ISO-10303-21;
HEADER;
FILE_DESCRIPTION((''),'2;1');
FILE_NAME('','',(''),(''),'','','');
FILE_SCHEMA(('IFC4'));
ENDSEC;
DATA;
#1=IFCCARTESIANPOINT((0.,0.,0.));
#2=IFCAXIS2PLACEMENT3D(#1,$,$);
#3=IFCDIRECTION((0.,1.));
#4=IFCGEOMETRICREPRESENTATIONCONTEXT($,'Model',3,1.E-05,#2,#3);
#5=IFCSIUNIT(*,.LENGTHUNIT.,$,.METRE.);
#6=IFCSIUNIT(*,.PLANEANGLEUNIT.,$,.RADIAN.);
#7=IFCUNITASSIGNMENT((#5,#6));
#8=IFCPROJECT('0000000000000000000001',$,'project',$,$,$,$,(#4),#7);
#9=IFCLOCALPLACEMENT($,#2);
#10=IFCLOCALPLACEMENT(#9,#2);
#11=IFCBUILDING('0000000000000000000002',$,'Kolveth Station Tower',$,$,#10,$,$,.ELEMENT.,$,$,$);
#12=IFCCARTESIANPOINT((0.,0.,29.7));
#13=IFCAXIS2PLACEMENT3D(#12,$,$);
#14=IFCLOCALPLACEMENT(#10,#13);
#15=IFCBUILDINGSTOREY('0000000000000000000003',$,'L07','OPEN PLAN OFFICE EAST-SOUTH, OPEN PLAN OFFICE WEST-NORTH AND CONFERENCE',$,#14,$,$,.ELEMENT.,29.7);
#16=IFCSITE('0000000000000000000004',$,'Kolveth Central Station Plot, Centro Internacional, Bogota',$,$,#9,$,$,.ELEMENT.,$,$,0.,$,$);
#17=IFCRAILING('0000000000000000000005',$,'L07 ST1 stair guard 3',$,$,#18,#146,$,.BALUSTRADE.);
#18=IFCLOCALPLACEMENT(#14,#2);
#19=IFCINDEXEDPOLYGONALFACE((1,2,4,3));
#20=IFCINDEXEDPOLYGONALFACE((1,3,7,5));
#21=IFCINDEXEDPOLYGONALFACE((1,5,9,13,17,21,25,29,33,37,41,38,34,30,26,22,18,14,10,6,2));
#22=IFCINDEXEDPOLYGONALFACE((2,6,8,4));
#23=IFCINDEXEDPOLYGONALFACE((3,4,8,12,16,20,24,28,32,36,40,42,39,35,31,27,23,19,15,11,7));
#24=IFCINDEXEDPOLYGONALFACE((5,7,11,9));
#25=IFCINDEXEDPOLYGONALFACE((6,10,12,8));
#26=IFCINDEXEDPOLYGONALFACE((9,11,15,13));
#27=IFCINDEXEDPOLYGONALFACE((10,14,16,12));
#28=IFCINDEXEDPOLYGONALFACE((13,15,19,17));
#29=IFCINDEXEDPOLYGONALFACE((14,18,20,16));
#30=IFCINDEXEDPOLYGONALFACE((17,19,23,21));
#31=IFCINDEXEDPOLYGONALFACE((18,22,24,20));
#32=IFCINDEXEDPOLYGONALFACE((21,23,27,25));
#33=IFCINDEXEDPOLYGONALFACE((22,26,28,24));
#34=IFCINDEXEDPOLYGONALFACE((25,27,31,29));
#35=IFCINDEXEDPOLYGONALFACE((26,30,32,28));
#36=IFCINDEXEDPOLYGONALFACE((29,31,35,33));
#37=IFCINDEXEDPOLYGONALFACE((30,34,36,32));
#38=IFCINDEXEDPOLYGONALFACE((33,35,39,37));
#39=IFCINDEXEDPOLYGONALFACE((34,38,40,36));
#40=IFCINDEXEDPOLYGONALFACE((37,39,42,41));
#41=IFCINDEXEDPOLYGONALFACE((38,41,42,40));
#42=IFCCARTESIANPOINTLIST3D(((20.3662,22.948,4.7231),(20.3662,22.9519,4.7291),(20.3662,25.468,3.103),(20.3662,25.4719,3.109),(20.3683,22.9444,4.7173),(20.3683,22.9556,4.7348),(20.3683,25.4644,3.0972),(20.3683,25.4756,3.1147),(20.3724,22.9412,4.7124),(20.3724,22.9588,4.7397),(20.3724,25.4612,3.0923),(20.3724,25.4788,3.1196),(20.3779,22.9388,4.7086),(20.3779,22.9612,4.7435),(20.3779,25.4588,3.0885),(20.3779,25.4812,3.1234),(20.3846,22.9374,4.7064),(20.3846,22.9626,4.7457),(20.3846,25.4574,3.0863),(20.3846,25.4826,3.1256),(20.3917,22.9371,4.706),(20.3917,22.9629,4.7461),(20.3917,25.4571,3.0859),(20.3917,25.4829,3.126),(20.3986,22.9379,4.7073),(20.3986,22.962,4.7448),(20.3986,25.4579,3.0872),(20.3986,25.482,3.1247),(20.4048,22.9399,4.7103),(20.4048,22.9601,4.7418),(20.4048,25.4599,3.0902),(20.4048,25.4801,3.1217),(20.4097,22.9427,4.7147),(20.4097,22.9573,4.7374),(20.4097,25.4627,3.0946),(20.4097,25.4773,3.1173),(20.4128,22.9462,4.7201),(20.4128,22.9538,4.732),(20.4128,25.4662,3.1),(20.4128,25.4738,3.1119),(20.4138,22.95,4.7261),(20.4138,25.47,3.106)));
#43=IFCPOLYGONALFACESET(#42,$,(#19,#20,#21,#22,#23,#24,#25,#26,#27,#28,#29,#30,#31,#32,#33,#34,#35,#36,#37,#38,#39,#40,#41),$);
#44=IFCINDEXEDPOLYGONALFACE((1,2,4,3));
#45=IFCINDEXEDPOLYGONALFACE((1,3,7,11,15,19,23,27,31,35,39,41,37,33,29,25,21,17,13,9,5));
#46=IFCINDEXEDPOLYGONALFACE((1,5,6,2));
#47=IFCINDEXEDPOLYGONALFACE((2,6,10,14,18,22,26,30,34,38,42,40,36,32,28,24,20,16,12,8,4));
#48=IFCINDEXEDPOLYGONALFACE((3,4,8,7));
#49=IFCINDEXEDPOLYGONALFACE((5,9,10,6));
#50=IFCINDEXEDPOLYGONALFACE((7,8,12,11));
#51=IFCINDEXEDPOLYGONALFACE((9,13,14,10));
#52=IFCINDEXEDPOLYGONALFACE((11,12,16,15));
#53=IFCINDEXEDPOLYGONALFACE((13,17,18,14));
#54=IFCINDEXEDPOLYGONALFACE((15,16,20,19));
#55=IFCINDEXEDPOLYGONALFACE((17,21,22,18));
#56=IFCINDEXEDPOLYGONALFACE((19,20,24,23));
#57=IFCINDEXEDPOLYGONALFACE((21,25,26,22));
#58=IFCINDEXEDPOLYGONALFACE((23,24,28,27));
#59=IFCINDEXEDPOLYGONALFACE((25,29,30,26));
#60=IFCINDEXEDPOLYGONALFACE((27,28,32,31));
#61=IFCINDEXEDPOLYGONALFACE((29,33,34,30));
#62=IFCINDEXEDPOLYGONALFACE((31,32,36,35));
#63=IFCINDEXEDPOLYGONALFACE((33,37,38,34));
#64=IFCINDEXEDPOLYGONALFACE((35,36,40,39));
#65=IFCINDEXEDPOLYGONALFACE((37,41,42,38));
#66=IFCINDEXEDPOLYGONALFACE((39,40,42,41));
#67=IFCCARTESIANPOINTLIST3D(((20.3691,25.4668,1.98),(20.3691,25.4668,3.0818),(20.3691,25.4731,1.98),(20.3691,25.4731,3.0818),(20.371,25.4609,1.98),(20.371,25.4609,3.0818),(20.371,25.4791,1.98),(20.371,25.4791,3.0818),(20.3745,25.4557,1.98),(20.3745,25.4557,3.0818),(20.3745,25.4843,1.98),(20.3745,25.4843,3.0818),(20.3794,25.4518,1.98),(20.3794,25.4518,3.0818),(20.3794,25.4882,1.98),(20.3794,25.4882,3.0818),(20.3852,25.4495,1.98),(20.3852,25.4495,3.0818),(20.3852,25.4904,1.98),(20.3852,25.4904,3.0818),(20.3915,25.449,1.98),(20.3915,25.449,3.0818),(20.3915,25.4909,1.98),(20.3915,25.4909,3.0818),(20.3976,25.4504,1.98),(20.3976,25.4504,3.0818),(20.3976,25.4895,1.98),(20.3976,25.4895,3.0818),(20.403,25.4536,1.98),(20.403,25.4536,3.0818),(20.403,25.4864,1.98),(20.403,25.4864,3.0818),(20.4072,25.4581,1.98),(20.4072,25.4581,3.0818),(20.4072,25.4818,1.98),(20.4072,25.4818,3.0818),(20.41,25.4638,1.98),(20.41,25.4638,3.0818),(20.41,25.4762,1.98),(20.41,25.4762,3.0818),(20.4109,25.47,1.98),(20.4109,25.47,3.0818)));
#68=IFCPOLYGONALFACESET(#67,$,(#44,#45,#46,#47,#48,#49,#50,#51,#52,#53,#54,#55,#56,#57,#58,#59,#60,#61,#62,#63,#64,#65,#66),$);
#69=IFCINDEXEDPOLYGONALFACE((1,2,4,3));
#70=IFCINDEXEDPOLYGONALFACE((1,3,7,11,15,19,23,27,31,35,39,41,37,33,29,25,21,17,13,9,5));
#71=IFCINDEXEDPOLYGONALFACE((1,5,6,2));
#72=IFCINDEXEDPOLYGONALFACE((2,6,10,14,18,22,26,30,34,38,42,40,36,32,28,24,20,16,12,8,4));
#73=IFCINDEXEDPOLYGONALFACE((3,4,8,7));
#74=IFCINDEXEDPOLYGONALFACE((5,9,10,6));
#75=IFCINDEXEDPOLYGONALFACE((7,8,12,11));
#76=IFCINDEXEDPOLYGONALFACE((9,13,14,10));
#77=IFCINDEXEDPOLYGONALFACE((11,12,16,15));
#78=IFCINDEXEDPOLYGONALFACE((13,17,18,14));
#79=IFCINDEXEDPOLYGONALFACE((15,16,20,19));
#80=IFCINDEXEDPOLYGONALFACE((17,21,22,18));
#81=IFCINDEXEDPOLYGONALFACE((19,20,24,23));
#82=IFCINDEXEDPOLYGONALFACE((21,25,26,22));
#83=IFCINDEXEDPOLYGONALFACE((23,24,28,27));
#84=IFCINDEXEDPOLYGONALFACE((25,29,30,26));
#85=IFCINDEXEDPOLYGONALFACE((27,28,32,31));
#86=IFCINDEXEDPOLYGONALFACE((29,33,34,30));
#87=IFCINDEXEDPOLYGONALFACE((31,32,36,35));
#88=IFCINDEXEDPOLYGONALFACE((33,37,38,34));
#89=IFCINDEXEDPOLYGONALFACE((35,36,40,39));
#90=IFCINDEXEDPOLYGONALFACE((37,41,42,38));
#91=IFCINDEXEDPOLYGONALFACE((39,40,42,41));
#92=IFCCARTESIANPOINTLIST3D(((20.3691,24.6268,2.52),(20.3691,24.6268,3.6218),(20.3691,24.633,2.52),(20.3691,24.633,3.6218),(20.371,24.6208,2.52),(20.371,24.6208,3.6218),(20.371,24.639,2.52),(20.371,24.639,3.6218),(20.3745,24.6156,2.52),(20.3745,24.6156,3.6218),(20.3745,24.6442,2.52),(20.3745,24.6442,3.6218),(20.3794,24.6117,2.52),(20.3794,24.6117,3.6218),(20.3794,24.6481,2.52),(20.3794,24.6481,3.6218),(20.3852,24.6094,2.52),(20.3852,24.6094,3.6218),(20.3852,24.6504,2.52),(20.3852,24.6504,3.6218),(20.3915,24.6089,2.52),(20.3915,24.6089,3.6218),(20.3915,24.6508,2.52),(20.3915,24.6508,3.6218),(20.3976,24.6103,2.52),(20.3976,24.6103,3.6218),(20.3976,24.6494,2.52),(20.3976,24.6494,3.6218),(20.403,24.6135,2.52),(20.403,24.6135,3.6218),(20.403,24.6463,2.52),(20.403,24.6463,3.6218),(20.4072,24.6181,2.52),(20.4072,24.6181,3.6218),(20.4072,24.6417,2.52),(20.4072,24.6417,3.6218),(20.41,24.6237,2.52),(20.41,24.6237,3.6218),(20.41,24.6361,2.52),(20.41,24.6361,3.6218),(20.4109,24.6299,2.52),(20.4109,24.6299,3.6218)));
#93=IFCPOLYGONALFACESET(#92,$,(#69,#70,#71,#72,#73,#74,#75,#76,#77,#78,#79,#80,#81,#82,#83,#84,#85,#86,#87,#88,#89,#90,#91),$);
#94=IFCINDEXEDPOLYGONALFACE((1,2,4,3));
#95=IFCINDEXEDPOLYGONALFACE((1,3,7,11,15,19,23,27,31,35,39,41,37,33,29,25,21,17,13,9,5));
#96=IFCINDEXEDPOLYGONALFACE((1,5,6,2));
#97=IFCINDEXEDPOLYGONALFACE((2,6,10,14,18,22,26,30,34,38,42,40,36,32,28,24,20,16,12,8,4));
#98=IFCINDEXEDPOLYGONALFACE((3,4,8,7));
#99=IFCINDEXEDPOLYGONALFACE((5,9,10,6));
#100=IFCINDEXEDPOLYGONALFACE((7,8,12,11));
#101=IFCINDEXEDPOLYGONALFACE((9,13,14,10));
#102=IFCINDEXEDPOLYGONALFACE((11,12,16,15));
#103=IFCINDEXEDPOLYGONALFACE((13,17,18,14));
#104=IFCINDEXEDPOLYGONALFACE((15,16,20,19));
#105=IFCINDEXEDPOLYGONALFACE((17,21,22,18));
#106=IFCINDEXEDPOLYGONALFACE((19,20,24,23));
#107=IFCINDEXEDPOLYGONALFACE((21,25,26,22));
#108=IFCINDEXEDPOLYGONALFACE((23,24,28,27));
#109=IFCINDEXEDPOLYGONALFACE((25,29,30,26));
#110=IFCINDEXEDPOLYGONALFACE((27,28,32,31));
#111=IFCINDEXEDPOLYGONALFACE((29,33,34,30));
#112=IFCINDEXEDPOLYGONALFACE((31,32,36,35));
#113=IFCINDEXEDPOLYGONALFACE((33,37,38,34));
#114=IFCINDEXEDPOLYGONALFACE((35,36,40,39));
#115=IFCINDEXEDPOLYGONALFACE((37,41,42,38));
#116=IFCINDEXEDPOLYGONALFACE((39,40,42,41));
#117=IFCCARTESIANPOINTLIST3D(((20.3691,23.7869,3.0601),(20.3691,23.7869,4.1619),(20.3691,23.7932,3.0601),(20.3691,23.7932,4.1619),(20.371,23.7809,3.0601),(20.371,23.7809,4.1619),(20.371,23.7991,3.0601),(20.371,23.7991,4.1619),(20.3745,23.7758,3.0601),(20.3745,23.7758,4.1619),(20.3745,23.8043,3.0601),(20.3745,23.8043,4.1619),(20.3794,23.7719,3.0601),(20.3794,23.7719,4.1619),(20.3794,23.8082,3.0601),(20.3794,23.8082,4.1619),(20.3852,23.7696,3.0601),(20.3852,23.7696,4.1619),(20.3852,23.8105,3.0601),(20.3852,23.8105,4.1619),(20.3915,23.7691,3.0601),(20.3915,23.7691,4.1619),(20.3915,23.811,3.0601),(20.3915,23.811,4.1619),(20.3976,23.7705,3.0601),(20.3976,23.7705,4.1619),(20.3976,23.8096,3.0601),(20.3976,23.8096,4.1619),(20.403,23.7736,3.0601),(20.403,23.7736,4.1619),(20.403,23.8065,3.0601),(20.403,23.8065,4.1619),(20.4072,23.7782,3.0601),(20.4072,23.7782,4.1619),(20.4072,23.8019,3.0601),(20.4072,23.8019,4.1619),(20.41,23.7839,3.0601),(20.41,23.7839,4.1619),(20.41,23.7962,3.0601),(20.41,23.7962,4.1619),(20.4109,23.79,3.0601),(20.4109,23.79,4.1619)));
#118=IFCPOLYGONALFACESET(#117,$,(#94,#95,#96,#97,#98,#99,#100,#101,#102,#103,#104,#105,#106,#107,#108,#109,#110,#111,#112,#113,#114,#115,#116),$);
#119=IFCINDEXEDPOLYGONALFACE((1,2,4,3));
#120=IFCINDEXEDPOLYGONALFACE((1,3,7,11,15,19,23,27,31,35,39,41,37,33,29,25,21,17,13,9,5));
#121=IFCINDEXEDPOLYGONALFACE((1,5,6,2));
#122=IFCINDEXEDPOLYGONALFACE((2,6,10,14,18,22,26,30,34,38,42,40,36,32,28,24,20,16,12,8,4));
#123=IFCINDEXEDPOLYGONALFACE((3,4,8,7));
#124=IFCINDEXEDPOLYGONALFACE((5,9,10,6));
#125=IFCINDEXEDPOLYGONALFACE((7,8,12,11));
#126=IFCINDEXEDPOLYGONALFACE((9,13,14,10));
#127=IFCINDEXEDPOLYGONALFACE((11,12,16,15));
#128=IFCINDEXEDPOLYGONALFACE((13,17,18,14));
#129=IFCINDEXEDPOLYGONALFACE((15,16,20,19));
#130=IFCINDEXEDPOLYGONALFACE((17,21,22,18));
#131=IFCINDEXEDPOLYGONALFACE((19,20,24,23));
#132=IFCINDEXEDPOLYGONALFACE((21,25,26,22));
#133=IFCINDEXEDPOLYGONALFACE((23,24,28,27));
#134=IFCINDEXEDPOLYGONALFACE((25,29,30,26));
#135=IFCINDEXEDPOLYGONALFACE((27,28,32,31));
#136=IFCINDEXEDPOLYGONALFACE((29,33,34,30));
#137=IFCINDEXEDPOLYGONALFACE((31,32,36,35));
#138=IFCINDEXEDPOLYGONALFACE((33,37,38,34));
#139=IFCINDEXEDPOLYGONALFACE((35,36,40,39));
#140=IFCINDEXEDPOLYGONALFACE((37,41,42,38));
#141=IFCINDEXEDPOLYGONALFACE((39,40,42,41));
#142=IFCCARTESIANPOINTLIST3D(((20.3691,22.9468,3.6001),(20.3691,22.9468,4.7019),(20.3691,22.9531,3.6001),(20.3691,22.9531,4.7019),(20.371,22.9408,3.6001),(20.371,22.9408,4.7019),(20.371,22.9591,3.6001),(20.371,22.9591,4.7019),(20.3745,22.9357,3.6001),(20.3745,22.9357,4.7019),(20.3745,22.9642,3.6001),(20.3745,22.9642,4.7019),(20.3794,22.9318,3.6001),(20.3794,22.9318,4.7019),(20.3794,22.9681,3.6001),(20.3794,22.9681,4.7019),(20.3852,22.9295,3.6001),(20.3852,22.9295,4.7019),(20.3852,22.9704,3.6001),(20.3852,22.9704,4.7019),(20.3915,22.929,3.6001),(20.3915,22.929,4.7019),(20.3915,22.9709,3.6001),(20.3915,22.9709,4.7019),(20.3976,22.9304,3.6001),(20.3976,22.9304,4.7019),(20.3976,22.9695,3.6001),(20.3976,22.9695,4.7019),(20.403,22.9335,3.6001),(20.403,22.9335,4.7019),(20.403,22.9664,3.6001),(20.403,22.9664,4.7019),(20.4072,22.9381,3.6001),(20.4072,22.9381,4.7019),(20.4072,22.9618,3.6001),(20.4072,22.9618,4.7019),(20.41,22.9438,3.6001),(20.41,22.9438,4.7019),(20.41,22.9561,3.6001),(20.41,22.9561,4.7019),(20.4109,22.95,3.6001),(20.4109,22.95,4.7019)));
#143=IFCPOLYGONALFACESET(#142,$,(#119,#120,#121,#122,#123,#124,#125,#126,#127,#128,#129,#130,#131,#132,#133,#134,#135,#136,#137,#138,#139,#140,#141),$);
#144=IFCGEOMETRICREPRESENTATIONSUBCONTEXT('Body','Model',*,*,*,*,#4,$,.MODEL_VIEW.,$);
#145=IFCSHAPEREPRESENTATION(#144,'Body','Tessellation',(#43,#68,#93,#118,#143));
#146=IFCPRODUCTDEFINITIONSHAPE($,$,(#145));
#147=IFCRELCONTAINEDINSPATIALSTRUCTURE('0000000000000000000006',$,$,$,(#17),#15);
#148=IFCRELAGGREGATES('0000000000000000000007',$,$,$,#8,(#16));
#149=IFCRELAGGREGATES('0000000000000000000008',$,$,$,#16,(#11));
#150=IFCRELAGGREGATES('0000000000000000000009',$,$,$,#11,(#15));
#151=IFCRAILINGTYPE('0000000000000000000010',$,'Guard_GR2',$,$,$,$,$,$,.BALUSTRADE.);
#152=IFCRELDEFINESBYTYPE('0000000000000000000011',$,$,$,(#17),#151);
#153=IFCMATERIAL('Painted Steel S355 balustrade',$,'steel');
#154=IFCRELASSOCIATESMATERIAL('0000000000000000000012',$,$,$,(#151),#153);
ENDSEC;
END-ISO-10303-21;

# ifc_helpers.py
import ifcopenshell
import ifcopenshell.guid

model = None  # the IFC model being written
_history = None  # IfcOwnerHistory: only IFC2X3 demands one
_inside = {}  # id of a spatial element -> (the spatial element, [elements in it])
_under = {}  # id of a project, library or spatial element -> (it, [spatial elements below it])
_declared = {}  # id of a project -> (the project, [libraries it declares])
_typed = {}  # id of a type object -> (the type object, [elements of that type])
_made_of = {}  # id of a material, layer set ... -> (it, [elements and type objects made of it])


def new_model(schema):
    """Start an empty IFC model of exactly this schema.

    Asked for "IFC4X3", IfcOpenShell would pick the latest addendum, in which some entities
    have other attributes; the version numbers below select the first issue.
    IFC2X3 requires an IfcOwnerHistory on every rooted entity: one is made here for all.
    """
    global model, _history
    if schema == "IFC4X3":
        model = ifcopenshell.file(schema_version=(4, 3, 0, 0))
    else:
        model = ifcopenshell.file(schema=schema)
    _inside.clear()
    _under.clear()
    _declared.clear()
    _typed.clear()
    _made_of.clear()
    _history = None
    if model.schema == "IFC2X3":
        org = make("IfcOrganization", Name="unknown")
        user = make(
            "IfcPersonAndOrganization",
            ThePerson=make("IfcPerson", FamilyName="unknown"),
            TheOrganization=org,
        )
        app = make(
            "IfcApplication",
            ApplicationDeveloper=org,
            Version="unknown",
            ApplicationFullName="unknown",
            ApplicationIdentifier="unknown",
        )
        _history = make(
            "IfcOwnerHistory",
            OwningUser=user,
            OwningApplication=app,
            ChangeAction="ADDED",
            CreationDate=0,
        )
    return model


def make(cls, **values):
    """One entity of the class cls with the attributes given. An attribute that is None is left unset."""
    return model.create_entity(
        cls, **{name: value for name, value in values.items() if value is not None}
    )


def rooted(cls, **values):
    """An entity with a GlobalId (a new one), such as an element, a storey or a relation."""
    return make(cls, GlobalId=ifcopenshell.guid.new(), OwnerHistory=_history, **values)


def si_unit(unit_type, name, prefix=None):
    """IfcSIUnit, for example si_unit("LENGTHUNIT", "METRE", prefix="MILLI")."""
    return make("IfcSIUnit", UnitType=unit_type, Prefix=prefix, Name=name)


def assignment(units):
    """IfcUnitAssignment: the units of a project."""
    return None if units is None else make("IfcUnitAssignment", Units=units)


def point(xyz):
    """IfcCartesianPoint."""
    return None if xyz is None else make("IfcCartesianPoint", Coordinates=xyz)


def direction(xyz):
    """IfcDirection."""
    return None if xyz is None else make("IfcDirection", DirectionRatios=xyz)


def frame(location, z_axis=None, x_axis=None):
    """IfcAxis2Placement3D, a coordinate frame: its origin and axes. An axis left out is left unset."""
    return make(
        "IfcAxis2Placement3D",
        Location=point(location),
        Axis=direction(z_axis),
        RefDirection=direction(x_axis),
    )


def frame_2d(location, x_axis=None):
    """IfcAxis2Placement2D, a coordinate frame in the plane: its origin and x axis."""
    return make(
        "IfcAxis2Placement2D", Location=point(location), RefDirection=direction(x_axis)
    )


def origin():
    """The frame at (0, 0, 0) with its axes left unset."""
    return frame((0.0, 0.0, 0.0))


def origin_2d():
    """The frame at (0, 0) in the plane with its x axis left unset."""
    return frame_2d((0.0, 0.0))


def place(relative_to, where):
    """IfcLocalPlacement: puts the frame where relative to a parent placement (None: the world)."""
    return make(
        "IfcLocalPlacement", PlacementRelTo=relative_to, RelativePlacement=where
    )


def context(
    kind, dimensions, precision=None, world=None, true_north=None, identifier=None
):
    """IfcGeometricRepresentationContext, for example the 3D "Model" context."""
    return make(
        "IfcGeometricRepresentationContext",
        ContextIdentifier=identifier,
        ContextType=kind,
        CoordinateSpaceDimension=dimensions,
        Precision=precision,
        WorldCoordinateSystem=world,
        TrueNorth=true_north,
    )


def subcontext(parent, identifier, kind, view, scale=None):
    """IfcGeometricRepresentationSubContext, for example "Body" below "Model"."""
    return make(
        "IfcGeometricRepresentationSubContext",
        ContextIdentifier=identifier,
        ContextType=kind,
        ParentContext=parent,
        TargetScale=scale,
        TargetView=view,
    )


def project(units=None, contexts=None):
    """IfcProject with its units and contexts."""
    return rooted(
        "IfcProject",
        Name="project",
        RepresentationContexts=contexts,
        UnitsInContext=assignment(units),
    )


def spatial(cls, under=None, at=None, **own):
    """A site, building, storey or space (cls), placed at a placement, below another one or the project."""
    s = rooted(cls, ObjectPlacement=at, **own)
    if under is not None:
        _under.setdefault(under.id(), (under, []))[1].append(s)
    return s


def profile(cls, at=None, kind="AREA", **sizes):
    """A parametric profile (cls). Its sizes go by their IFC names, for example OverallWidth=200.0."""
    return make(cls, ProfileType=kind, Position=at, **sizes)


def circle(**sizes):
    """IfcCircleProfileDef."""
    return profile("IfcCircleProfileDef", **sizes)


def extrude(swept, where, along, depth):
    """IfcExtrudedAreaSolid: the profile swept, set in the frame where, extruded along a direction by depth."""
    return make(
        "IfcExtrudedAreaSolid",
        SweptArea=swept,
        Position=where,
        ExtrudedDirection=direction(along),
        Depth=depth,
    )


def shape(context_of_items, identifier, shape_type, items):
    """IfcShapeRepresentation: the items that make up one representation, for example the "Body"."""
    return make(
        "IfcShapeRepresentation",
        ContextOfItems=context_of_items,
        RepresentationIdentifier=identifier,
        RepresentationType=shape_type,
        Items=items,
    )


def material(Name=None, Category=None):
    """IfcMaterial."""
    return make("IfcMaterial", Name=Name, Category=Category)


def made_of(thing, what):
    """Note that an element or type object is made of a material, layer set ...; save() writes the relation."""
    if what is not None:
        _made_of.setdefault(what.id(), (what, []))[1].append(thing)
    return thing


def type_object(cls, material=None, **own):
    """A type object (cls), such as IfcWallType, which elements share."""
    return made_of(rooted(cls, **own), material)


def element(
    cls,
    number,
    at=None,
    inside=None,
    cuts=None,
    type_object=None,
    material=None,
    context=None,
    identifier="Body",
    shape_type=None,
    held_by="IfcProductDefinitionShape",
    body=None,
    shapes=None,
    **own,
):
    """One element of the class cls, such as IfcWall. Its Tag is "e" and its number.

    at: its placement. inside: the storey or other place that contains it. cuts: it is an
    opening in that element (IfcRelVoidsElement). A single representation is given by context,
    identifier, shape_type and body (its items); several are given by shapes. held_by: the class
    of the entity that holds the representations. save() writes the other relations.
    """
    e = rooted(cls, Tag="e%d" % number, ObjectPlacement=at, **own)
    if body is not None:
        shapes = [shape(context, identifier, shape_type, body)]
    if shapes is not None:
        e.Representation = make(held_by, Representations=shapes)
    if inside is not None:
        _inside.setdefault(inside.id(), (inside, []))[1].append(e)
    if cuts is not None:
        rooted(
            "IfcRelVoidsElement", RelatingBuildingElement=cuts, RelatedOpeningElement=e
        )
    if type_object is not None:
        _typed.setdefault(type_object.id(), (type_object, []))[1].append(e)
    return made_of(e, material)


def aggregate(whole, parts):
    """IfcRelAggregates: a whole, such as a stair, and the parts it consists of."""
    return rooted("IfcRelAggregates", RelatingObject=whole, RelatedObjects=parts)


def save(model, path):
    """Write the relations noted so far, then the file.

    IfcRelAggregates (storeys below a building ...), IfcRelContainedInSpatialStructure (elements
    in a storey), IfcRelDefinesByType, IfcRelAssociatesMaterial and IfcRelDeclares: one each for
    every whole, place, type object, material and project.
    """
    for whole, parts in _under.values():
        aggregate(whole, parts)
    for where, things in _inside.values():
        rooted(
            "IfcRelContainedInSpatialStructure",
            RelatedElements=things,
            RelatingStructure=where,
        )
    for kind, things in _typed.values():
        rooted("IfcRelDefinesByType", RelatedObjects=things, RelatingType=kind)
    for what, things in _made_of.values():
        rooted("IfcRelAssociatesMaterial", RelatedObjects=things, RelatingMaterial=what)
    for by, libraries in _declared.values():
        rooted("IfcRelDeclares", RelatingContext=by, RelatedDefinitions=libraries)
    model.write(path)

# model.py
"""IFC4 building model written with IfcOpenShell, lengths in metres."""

from ifc_helpers import new_model, si_unit, direction, frame, origin, origin_2d, place, context, subcontext, project, spatial, circle, extrude, material, type_object, element, save


model = new_model("IFC4")

# Units and contexts
model_context = context("Model", 3, precision=1e-05, world=origin(), true_north=direction((0.0, 1.0)))
body_context = subcontext(model_context, "Body", "Model", "MODEL_VIEW")
ifc_project = project(units=[si_unit("LENGTHUNIT", "METRE"), si_unit("PLANEANGLEUNIT", "RADIAN")], contexts=[model_context])

# Site, building, storey
site_placement = place(None, origin())
site = spatial("IfcSite", under=ifc_project, at=site_placement, Name="Kolveth Central Station Plot, Centro Internacional, Bogota", CompositionType="ELEMENT", RefElevation=0.0)
building_placement = place(site_placement, origin())
building = spatial("IfcBuilding", under=site, at=building_placement, Name="Kolveth Station Tower", CompositionType="ELEMENT")
storey_placement = place(building_placement, frame((0.0, 0.0, 29.7)))
storey = spatial("IfcBuildingStorey", under=building, at=storey_placement, Name="L07", Description="OPEN PLAN OFFICE EAST-SOUTH, OPEN PLAN OFFICE WEST-NORTH AND CONFERENCE", CompositionType="ELEMENT", Elevation=29.7)

# Railing
ifc_material_1 = material(Name="Painted Steel S355 balustrade", Category="steel")
railing_type_1 = type_object("IfcRailingType", Name="Guard_GR2", PredefinedType="BALUSTRADE", material=ifc_material_1)
railing_1_placement = place(storey_placement, frame((20.3899, 25.47, 1.98)))
element("IfcRailing", 1, at=railing_1_placement, inside=storey, type_object=railing_type_1, Name="L07 ST1 stair guard 3", PredefinedType="BALUSTRADE", context=body_context, shape_type="SweptSolid", body=[
    extrude(circle(Radius=0.0239, at=origin_2d()), frame((0.0, 0.0, 1.126), z_axis=(0.0, -0.841163, 0.540782), x_axis=(1.0, 0.0, 0.0)), (0.0, 0.0, 1.0), 2.9958),
    extrude(circle(Radius=0.021, at=origin_2d()), origin(), (0.0, 0.0, 1.0), 1.1018),
    extrude(circle(Radius=0.021, at=origin_2d()), frame((0.0, -0.8401, 0.54)), (0.0, 0.0, 1.0), 1.1018),
    extrude(circle(Radius=0.021, at=origin_2d()), frame((0.0, -1.6799, 1.0801)), (0.0, 0.0, 1.0), 1.1018),
    extrude(circle(Radius=0.021, at=origin_2d()), frame((0.0, -2.52, 1.6201)), (0.0, 0.0, 1.0), 1.1018),
])

save(model, "model.ifc")
